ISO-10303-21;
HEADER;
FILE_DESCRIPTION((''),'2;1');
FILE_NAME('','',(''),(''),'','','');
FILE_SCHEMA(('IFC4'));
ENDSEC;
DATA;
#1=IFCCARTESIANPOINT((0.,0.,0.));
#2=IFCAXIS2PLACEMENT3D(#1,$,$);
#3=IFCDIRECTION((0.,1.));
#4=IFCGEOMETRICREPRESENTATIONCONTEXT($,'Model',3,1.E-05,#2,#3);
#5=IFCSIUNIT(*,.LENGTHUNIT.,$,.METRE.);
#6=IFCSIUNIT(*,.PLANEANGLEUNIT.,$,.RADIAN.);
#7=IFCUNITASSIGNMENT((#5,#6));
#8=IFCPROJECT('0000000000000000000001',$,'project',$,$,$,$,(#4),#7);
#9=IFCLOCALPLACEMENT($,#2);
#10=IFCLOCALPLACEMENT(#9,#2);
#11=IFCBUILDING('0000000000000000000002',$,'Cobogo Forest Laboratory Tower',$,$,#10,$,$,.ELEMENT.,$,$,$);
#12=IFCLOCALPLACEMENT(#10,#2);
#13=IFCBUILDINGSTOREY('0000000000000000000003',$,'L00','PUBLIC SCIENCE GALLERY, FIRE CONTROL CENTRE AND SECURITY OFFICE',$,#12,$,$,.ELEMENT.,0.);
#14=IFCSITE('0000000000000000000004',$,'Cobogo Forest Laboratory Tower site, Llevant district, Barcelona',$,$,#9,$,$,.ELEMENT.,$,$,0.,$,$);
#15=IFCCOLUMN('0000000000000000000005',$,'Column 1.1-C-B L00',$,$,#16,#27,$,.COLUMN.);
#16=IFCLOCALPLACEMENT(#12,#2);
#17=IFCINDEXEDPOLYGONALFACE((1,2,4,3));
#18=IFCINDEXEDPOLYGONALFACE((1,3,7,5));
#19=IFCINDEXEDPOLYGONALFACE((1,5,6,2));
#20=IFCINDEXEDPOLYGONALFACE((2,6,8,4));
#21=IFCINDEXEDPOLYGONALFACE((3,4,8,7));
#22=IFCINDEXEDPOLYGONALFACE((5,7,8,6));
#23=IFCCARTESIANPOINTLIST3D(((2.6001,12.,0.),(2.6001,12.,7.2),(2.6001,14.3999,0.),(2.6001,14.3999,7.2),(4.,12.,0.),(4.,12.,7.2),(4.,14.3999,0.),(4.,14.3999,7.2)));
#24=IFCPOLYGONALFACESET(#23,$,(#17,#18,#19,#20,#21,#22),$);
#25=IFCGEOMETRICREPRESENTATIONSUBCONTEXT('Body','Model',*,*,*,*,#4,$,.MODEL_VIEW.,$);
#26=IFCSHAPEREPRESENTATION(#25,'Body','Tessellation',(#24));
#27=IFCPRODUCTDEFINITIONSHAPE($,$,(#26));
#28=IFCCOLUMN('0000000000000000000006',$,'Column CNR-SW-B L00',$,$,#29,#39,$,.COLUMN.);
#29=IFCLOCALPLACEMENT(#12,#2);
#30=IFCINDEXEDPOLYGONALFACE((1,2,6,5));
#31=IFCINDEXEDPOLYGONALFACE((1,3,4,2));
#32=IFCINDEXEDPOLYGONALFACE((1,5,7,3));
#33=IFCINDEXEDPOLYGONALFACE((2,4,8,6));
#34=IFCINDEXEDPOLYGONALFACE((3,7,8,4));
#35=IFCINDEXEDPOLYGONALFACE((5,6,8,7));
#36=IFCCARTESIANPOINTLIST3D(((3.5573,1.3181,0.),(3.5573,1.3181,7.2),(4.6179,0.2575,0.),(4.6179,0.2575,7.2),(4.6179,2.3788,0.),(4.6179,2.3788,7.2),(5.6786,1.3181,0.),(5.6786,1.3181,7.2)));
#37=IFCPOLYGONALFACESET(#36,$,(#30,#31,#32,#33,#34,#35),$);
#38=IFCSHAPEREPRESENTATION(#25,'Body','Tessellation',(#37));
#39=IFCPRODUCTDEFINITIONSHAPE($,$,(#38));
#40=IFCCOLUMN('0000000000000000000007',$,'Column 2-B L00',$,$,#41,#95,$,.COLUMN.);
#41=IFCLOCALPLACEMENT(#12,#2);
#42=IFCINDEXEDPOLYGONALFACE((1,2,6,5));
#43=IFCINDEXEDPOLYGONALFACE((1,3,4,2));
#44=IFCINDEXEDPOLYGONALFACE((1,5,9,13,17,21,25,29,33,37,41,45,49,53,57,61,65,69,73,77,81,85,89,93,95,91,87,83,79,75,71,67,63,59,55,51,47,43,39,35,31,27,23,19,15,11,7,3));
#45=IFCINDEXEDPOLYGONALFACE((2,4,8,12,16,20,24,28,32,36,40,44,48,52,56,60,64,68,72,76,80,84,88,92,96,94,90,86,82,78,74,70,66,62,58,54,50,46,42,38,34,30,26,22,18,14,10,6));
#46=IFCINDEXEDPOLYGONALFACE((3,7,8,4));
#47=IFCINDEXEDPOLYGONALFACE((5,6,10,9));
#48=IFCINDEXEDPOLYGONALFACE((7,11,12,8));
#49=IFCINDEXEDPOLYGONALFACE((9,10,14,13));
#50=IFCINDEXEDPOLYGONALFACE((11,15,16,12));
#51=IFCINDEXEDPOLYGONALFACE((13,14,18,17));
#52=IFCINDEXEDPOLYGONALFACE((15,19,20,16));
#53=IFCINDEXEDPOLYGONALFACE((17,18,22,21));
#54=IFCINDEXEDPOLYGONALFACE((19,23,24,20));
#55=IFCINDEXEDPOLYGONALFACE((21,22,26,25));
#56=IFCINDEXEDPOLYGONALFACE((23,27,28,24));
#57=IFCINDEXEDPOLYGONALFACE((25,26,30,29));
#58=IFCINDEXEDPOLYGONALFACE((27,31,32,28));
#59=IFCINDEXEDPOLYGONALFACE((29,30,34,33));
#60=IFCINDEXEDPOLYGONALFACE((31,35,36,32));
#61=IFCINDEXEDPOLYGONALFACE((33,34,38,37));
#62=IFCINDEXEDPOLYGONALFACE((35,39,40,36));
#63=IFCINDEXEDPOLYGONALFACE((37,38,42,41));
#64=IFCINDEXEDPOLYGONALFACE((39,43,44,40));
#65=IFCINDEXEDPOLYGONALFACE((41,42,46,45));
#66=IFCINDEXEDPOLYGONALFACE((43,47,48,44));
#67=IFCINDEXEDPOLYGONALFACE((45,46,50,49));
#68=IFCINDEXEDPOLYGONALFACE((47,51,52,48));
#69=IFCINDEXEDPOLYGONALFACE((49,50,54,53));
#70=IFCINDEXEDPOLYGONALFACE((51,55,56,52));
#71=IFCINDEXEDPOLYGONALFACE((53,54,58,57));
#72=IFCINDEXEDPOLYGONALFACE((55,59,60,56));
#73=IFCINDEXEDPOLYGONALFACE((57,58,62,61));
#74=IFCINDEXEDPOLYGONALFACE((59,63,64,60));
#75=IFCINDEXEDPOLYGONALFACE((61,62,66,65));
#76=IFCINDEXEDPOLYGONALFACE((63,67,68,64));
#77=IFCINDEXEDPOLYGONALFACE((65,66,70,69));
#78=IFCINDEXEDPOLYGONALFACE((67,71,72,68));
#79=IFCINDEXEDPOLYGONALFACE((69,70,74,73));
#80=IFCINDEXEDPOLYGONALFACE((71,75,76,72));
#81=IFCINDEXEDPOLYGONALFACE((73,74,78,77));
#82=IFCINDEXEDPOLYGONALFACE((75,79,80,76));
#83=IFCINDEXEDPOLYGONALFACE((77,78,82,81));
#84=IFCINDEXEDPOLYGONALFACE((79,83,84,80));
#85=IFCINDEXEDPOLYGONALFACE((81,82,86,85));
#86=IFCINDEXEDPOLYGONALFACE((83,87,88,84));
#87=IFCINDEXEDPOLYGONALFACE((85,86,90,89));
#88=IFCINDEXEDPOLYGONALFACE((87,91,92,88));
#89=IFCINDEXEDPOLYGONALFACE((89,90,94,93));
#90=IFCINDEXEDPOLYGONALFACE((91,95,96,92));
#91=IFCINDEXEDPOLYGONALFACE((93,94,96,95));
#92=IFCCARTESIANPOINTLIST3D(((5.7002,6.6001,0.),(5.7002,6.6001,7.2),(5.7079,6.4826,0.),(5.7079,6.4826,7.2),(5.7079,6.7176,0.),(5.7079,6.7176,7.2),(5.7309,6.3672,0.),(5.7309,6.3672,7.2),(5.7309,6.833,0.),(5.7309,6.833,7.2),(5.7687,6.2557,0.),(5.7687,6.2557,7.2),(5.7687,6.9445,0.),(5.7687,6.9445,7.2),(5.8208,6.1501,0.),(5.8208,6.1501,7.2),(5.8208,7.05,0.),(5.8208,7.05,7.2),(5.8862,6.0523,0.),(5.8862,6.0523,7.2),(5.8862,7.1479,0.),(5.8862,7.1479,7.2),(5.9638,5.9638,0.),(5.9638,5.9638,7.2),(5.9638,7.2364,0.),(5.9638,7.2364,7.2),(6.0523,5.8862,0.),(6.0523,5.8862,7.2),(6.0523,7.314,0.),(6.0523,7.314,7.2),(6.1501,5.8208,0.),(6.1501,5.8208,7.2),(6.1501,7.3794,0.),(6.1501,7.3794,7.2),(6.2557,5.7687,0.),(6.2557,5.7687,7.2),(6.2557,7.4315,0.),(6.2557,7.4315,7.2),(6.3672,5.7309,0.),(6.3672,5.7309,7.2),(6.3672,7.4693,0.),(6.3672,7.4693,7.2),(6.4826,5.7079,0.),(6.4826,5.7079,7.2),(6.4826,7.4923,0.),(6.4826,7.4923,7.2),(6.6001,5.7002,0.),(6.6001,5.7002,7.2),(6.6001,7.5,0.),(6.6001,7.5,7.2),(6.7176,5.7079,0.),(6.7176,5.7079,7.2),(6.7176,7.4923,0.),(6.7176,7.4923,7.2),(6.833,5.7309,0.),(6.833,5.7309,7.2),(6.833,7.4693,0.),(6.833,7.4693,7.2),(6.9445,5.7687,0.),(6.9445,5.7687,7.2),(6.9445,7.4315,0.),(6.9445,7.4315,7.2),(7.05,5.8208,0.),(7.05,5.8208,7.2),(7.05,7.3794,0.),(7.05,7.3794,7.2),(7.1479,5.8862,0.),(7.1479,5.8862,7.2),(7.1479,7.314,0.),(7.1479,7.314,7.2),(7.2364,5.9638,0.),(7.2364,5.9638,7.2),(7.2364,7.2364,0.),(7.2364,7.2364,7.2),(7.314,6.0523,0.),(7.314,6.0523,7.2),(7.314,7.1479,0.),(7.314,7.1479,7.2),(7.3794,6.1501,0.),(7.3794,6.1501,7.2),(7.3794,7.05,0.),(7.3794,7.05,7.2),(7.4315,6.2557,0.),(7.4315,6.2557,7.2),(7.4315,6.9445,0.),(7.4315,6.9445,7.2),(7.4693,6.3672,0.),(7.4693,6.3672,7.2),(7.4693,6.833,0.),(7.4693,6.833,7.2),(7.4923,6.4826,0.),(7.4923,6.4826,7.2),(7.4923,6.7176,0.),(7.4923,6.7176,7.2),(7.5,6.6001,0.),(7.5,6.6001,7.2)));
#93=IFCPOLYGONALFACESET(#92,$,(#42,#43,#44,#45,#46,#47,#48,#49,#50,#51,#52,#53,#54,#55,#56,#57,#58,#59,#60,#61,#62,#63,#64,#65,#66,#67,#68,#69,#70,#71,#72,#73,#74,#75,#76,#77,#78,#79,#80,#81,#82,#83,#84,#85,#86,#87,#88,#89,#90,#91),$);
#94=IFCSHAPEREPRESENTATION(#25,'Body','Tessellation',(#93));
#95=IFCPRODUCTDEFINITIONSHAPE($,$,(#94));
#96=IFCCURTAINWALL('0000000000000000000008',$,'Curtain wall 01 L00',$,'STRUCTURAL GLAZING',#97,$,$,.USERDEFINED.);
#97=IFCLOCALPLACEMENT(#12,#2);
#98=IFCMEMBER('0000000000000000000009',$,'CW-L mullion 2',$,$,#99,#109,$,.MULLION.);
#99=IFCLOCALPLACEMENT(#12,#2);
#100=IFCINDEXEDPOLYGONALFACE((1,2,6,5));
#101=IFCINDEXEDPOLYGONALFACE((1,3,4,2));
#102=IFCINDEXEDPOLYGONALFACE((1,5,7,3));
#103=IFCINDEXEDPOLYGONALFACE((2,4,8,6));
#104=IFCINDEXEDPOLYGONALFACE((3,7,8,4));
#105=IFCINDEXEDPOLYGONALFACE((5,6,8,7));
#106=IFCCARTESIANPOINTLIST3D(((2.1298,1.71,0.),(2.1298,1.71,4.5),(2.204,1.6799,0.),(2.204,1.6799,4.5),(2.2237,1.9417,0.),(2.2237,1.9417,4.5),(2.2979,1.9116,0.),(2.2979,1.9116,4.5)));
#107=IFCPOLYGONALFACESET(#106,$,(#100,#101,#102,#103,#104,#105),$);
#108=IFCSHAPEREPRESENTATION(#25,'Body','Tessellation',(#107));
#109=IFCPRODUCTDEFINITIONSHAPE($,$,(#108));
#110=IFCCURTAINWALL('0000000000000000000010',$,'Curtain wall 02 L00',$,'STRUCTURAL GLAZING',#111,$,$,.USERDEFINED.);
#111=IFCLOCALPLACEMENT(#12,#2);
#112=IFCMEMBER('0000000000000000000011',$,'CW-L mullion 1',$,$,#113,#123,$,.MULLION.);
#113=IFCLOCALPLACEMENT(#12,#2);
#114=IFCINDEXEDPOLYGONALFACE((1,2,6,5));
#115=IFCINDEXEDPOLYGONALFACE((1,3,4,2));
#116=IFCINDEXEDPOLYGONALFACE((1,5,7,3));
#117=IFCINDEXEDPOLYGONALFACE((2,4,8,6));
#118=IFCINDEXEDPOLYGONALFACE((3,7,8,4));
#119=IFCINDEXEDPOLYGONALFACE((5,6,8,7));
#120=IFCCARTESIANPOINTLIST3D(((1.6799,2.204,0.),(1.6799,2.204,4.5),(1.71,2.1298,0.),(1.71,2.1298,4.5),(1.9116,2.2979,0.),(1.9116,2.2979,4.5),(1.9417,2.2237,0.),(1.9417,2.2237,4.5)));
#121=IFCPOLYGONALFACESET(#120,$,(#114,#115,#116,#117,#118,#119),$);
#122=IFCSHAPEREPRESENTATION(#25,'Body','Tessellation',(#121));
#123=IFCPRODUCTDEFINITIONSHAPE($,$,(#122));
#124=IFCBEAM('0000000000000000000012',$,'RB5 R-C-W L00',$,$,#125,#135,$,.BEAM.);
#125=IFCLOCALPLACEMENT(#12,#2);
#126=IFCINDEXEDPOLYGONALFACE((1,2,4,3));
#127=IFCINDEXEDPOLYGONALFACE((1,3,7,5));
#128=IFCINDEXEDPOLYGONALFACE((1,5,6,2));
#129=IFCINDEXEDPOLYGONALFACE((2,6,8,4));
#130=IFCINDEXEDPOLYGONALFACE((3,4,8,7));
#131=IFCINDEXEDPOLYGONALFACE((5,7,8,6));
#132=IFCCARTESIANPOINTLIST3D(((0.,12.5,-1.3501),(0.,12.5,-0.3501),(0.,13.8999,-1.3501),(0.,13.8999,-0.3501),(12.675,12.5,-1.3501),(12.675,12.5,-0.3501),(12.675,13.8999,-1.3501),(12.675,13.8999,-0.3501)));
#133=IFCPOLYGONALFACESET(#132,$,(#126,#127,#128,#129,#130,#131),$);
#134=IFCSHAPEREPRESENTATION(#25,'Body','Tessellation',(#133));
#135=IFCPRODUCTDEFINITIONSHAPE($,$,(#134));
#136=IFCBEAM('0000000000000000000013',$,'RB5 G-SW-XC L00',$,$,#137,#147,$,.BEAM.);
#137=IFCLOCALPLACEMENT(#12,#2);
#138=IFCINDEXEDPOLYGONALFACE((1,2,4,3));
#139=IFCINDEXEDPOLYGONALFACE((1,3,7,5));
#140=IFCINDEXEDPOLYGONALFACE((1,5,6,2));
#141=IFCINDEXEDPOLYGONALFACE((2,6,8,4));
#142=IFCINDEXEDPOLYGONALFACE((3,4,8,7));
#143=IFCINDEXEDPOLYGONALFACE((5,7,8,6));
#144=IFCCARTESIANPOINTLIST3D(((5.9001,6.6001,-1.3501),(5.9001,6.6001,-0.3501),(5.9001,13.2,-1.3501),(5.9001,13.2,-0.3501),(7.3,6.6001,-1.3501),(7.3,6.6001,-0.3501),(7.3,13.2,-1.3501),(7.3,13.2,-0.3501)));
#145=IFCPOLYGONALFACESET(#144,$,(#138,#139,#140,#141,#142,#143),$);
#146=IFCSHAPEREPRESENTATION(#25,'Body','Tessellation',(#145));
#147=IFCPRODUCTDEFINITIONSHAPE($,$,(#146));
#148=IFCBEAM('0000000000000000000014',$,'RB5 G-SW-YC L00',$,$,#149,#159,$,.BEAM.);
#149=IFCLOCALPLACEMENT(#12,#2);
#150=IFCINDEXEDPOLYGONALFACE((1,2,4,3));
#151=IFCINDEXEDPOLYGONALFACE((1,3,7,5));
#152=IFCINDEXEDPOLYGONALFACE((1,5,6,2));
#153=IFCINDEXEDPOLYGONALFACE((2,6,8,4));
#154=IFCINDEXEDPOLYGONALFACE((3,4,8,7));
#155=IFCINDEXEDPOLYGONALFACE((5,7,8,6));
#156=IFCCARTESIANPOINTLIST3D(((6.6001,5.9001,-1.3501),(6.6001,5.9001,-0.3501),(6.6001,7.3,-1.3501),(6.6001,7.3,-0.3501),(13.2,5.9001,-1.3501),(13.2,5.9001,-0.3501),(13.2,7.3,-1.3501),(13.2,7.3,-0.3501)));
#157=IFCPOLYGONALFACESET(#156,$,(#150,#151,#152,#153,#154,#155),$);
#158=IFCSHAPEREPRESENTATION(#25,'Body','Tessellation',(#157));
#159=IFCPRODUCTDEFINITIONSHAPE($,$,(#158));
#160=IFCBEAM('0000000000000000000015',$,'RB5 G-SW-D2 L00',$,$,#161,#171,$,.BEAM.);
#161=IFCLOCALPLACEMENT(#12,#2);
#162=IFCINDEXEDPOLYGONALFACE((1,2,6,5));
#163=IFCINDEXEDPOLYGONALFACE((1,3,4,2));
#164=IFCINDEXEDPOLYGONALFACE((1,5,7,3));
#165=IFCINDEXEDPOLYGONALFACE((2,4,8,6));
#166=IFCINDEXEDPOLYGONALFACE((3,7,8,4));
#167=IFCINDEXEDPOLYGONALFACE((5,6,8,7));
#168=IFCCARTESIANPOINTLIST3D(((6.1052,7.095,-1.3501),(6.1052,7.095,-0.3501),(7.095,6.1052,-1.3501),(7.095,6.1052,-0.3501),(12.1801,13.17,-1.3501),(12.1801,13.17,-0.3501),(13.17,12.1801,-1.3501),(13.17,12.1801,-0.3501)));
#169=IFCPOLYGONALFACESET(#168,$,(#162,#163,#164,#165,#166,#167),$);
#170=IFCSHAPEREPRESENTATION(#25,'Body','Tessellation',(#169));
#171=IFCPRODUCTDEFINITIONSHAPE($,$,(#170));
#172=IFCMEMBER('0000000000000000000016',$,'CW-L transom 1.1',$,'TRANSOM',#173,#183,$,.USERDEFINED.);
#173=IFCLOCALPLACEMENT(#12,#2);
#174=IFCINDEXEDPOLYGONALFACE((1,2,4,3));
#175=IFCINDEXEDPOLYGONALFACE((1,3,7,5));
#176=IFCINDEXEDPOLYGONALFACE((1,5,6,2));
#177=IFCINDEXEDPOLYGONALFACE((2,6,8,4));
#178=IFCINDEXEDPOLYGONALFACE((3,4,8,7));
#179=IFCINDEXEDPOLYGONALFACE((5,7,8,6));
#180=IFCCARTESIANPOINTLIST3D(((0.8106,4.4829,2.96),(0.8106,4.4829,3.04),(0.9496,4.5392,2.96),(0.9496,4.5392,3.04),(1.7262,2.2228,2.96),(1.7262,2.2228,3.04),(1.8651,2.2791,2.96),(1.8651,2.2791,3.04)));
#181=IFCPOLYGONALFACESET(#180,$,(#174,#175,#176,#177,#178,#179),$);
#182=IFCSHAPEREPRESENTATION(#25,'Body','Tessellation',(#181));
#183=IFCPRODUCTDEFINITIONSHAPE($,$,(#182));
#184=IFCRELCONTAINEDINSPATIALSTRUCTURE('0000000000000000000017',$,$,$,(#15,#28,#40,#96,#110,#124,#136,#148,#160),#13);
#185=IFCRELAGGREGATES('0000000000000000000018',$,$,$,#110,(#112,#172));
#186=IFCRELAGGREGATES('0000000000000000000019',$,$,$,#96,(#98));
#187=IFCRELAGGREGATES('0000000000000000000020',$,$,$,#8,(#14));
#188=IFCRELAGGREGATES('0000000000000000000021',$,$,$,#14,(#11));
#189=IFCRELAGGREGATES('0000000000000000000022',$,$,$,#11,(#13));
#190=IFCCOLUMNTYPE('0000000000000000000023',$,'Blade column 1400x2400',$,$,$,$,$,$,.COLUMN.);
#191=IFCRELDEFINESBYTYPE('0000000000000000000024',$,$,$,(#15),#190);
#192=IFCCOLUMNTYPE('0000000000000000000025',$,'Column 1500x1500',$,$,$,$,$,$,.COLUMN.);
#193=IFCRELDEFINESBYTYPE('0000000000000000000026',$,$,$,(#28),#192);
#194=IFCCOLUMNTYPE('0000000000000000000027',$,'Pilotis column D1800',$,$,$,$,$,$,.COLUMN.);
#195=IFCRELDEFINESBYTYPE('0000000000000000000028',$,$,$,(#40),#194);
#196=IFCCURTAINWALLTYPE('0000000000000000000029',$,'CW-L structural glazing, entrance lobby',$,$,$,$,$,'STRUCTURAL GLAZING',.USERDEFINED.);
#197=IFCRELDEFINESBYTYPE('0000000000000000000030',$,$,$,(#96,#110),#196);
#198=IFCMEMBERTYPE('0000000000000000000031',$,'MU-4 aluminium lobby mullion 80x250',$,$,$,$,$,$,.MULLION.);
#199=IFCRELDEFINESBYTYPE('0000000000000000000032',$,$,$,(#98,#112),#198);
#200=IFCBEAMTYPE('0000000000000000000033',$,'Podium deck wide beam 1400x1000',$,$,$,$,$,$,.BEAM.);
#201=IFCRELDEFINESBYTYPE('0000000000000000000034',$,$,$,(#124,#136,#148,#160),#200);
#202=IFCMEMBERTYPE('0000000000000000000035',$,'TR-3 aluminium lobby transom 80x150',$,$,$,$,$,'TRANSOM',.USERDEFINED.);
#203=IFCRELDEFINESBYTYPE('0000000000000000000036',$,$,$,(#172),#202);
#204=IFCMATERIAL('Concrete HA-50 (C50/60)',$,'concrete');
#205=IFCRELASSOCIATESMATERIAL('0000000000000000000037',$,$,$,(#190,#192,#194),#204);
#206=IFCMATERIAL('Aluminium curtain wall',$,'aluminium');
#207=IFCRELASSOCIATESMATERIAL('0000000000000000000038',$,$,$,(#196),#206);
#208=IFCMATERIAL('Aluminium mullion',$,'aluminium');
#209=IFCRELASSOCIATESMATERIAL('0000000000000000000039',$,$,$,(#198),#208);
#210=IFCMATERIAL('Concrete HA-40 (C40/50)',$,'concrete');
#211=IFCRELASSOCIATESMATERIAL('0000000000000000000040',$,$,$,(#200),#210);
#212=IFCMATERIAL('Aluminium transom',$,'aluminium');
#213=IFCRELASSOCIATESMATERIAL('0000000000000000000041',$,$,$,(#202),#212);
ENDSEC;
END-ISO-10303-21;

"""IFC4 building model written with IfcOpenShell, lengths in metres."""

from ifc_helpers import new_model, si_unit, direction, frame, origin, origin_2d, place, context, subcontext, project, spatial, rectangle, circle, extrude, material, material_profile, profile_set, type_object, element, aggregate, save


model = new_model("IFC4")

# Units and contexts
model_context = context("Model", 3, precision=1e-05, world=origin(), true_north=direction((0.0, 1.0)))
body_context = subcontext(model_context, "Body", "Model", "MODEL_VIEW")
ifc_project = project(units=[si_unit("LENGTHUNIT", "METRE"), si_unit("PLANEANGLEUNIT", "RADIAN")], contexts=[model_context])

# Site, building, storey
site_placement = place(None, origin())
site = spatial("IfcSite", under=ifc_project, at=site_placement, Name="Cobogo Forest Laboratory Tower site, Llevant district, Barcelona", CompositionType="ELEMENT", RefElevation=0.0)
building_placement = place(site_placement, origin())
building = spatial("IfcBuilding", under=site, at=building_placement, Name="Cobogo Forest Laboratory Tower", CompositionType="ELEMENT")
storey_placement = place(building_placement, origin())
storey = spatial("IfcBuildingStorey", under=building, at=storey_placement, Name="L00", Description="PUBLIC SCIENCE GALLERY, FIRE CONTROL CENTRE AND SECURITY OFFICE", CompositionType="ELEMENT", Elevation=0.0)

# Columns
ifc_material_1 = material(Name="Concrete HA-50 (C50/60)", Category="concrete")
ifc_material_profile_1 = material_profile(ifc_material_1, rectangle(XDim=2.3999, YDim=1.3999, at=origin_2d()), Name="RC 1400x2400")
ifc_profile_set_1 = profile_set([ifc_material_profile_1], Name="Concrete HA-50 (C50/60)")
column_type_1 = type_object("IfcColumnType", Name="Blade column 1400x2400", PredefinedType="COLUMN", material=ifc_profile_set_1)
column_1_placement = place(storey_placement, frame((3.3, 13.2, 0.0), z_axis=(0.0, 0.0, 1.0), x_axis=(0.0, 1.0, 0.0)))
element("IfcColumn", 1, at=column_1_placement, inside=storey, type_object=column_type_1, Name="Column 1.1-C-B L00", PredefinedType="COLUMN", context=body_context, shape_type="SweptSolid", body=[
    extrude(rectangle(XDim=2.3999, YDim=1.3999, at=origin_2d()), origin(), (0.0, 0.0, 1.0), 7.2),
])
ifc_material_profile_2 = material_profile(ifc_material_1, rectangle(XDim=1.5, YDim=1.5, at=origin_2d()), Name="RC 1500x1500")
ifc_profile_set_2 = profile_set([ifc_material_profile_2], Name="Concrete HA-50 (C50/60)")
column_type_2 = type_object("IfcColumnType", Name="Column 1500x1500", PredefinedType="COLUMN", material=ifc_profile_set_2)
column_2_placement = place(storey_placement, frame((4.6179, 1.3181, 0.0), z_axis=(0.0, 0.0, 1.0), x_axis=(0.707107, 0.707107, 0.0)))
element("IfcColumn", 2, at=column_2_placement, inside=storey, type_object=column_type_2, Name="Column CNR-SW-B L00", PredefinedType="COLUMN", context=body_context, shape_type="SweptSolid", body=[
    extrude(rectangle(XDim=1.5, YDim=1.5, at=origin_2d()), origin(), (0.0, 0.0, 1.0), 7.2),
])
ifc_material_profile_3 = material_profile(ifc_material_1, circle(Radius=0.8999, at=origin_2d()), Name="RC D1800")
ifc_profile_set_3 = profile_set([ifc_material_profile_3], Name="Concrete HA-50 (C50/60)")
column_type_3 = type_object("IfcColumnType", Name="Pilotis column D1800", PredefinedType="COLUMN", material=ifc_profile_set_3)
column_3_placement = place(storey_placement, frame((6.6001, 6.6001, 0.0), z_axis=(0.0, 0.0, 1.0), x_axis=(1.0, 0.0, 0.0)))
element("IfcColumn", 3, at=column_3_placement, inside=storey, type_object=column_type_3, Name="Column 2-B L00", PredefinedType="COLUMN", context=body_context, shape_type="SweptSolid", body=[
    extrude(circle(Radius=0.8999, at=origin_2d()), origin(), (0.0, 0.0, 1.0), 7.2),
])

# Curtain walls, members
ifc_material_2 = material(Name="Aluminium curtain wall", Category="aluminium")
curtain_wall_type = type_object("IfcCurtainWallType", Name="CW-L structural glazing, entrance lobby", ElementType="STRUCTURAL GLAZING", PredefinedType="USERDEFINED", material=ifc_material_2)
curtain_wall_1_placement = place(storey_placement, origin())
curtain_wall_1 = element("IfcCurtainWall", 4, at=curtain_wall_1_placement, inside=storey, type_object=curtain_wall_type, Name="Curtain wall 01 L00", ObjectType="STRUCTURAL GLAZING", PredefinedType="USERDEFINED")
ifc_material_3 = material(Name="Aluminium mullion", Category="aluminium")
ifc_material_profile_4 = material_profile(ifc_material_3, rectangle(XDim=0.0801, YDim=0.25, at=origin_2d()), Name="AL 80x250")
ifc_profile_set_4 = profile_set([ifc_material_profile_4], Name="Aluminium mullion")
member_type_1 = type_object("IfcMemberType", Name="MU-4 aluminium lobby mullion 80x250", PredefinedType="MULLION", material=ifc_profile_set_4)
member_1_placement = place(storey_placement, frame((2.2139, 1.8108, 0.0), z_axis=(0.0, 0.0, 1.0), x_axis=(-0.92682, 0.375507, 0.0)))
member_1 = element("IfcMember", 5, at=member_1_placement, type_object=member_type_1, Name="CW-L mullion 2", PredefinedType="MULLION", context=body_context, shape_type="SweptSolid", body=[
    extrude(rectangle(XDim=0.0801, YDim=0.25, at=origin_2d()), origin(), (0.0, 0.0, 1.0), 4.5),
])
curtain_wall_2_placement = place(storey_placement, origin())
curtain_wall_2 = element("IfcCurtainWall", 6, at=curtain_wall_2_placement, inside=storey, type_object=curtain_wall_type, Name="Curtain wall 02 L00", ObjectType="STRUCTURAL GLAZING", PredefinedType="USERDEFINED")
member_2_placement = place(storey_placement, frame((1.8108, 2.2139, 0.0), z_axis=(0.0, 0.0, 1.0), x_axis=(-0.375507, 0.92682, 0.0)))
member_2 = element("IfcMember", 7, at=member_2_placement, type_object=member_type_1, Name="CW-L mullion 1", PredefinedType="MULLION", context=body_context, shape_type="SweptSolid", body=[
    extrude(rectangle(XDim=0.0801, YDim=0.25, at=origin_2d()), origin(), (0.0, 0.0, 1.0), 4.5),
])

# Beams
ifc_material_4 = material(Name="Concrete HA-40 (C40/50)", Category="concrete")
ifc_material_profile_5 = material_profile(ifc_material_4, rectangle(XDim=1.3999, YDim=1.0, at=origin_2d()), Name="RC 1400x1000")
ifc_profile_set_5 = profile_set([ifc_material_profile_5], Name="Concrete HA-40 (C40/50)")
beam_type = type_object("IfcBeamType", Name="Podium deck wide beam 1400x1000", PredefinedType="BEAM", material=ifc_profile_set_5)
beam_1_placement = place(storey_placement, frame((12.675, 13.2, -0.8501), z_axis=(-1.0, 0.0, 0.0), x_axis=(0.0, -1.0, 0.0)))
element("IfcBeam", 8, at=beam_1_placement, inside=storey, type_object=beam_type, Name="RB5 R-C-W L00", PredefinedType="BEAM", context=body_context, shape_type="SweptSolid", body=[
    extrude(rectangle(XDim=1.3999, YDim=1.0, at=origin_2d()), origin(), (0.0, 0.0, 1.0), 12.675),
])
for number, where, z_axis, x_axis, name in (
    (9, (6.6001, 6.6001, -0.8501), (0.0, 1.0, 0.0), (-1.0, 0.0, 0.0), "RB5 G-SW-XC L00"),
    (10, (6.6001, 6.6001, -0.8501), (1.0, 0.0, 0.0), (0.0, 1.0, 0.0), "RB5 G-SW-YC L00"),
):
    element("IfcBeam", number, at=place(storey_placement, frame(where, z_axis=z_axis, x_axis=x_axis)), inside=storey, type_object=beam_type, Name=name, PredefinedType="BEAM", context=body_context, shape_type="SweptSolid", body=[
        extrude(rectangle(XDim=1.3999, YDim=1.0, at=origin_2d()), origin(), (0.0, 0.0, 1.0), 6.5999),
    ])
beam_2_placement = place(storey_placement, frame((6.6001, 6.6001, -0.8501), z_axis=(0.707107, 0.707107, 0.0), x_axis=(-0.707107, 0.707107, 0.0)))
element("IfcBeam", 11, at=beam_2_placement, inside=storey, type_object=beam_type, Name="RB5 G-SW-D2 L00", PredefinedType="BEAM", context=body_context, shape_type="SweptSolid", body=[
    extrude(rectangle(XDim=1.3999, YDim=1.0, at=origin_2d()), origin(), (0.0, 0.0, 1.0), 8.5913),
])

# Member
ifc_material_5 = material(Name="Aluminium transom", Category="aluminium")
ifc_material_profile_6 = material_profile(ifc_material_5, rectangle(XDim=0.1499, YDim=0.0801, at=origin_2d()), Name="AL 80x150")
ifc_profile_set_6 = profile_set([ifc_material_profile_6], Name="Aluminium transom")
member_type_2 = type_object("IfcMemberType", Name="TR-3 aluminium lobby transom 80x150", ElementType="TRANSOM", PredefinedType="USERDEFINED", material=ifc_profile_set_6)
member_3_placement = place(storey_placement, frame((1.7957, 2.251, 3.0), z_axis=(-0.375461, 0.926838, 0.0), x_axis=(-0.926838, -0.375461, 0.0)))
member_3 = element("IfcMember", 12, at=member_3_placement, type_object=member_type_2, Name="CW-L transom 1.1", ObjectType="TRANSOM", PredefinedType="USERDEFINED", context=body_context, shape_type="SweptSolid", body=[
    extrude(rectangle(XDim=0.1499, YDim=0.0801, at=origin_2d()), origin(), (0.0, 0.0, 1.0), 2.4385),
])
aggregate(curtain_wall_2, [member_2, member_3])

aggregate(curtain_wall_1, [member_1])

save(model, "model.ifc")
